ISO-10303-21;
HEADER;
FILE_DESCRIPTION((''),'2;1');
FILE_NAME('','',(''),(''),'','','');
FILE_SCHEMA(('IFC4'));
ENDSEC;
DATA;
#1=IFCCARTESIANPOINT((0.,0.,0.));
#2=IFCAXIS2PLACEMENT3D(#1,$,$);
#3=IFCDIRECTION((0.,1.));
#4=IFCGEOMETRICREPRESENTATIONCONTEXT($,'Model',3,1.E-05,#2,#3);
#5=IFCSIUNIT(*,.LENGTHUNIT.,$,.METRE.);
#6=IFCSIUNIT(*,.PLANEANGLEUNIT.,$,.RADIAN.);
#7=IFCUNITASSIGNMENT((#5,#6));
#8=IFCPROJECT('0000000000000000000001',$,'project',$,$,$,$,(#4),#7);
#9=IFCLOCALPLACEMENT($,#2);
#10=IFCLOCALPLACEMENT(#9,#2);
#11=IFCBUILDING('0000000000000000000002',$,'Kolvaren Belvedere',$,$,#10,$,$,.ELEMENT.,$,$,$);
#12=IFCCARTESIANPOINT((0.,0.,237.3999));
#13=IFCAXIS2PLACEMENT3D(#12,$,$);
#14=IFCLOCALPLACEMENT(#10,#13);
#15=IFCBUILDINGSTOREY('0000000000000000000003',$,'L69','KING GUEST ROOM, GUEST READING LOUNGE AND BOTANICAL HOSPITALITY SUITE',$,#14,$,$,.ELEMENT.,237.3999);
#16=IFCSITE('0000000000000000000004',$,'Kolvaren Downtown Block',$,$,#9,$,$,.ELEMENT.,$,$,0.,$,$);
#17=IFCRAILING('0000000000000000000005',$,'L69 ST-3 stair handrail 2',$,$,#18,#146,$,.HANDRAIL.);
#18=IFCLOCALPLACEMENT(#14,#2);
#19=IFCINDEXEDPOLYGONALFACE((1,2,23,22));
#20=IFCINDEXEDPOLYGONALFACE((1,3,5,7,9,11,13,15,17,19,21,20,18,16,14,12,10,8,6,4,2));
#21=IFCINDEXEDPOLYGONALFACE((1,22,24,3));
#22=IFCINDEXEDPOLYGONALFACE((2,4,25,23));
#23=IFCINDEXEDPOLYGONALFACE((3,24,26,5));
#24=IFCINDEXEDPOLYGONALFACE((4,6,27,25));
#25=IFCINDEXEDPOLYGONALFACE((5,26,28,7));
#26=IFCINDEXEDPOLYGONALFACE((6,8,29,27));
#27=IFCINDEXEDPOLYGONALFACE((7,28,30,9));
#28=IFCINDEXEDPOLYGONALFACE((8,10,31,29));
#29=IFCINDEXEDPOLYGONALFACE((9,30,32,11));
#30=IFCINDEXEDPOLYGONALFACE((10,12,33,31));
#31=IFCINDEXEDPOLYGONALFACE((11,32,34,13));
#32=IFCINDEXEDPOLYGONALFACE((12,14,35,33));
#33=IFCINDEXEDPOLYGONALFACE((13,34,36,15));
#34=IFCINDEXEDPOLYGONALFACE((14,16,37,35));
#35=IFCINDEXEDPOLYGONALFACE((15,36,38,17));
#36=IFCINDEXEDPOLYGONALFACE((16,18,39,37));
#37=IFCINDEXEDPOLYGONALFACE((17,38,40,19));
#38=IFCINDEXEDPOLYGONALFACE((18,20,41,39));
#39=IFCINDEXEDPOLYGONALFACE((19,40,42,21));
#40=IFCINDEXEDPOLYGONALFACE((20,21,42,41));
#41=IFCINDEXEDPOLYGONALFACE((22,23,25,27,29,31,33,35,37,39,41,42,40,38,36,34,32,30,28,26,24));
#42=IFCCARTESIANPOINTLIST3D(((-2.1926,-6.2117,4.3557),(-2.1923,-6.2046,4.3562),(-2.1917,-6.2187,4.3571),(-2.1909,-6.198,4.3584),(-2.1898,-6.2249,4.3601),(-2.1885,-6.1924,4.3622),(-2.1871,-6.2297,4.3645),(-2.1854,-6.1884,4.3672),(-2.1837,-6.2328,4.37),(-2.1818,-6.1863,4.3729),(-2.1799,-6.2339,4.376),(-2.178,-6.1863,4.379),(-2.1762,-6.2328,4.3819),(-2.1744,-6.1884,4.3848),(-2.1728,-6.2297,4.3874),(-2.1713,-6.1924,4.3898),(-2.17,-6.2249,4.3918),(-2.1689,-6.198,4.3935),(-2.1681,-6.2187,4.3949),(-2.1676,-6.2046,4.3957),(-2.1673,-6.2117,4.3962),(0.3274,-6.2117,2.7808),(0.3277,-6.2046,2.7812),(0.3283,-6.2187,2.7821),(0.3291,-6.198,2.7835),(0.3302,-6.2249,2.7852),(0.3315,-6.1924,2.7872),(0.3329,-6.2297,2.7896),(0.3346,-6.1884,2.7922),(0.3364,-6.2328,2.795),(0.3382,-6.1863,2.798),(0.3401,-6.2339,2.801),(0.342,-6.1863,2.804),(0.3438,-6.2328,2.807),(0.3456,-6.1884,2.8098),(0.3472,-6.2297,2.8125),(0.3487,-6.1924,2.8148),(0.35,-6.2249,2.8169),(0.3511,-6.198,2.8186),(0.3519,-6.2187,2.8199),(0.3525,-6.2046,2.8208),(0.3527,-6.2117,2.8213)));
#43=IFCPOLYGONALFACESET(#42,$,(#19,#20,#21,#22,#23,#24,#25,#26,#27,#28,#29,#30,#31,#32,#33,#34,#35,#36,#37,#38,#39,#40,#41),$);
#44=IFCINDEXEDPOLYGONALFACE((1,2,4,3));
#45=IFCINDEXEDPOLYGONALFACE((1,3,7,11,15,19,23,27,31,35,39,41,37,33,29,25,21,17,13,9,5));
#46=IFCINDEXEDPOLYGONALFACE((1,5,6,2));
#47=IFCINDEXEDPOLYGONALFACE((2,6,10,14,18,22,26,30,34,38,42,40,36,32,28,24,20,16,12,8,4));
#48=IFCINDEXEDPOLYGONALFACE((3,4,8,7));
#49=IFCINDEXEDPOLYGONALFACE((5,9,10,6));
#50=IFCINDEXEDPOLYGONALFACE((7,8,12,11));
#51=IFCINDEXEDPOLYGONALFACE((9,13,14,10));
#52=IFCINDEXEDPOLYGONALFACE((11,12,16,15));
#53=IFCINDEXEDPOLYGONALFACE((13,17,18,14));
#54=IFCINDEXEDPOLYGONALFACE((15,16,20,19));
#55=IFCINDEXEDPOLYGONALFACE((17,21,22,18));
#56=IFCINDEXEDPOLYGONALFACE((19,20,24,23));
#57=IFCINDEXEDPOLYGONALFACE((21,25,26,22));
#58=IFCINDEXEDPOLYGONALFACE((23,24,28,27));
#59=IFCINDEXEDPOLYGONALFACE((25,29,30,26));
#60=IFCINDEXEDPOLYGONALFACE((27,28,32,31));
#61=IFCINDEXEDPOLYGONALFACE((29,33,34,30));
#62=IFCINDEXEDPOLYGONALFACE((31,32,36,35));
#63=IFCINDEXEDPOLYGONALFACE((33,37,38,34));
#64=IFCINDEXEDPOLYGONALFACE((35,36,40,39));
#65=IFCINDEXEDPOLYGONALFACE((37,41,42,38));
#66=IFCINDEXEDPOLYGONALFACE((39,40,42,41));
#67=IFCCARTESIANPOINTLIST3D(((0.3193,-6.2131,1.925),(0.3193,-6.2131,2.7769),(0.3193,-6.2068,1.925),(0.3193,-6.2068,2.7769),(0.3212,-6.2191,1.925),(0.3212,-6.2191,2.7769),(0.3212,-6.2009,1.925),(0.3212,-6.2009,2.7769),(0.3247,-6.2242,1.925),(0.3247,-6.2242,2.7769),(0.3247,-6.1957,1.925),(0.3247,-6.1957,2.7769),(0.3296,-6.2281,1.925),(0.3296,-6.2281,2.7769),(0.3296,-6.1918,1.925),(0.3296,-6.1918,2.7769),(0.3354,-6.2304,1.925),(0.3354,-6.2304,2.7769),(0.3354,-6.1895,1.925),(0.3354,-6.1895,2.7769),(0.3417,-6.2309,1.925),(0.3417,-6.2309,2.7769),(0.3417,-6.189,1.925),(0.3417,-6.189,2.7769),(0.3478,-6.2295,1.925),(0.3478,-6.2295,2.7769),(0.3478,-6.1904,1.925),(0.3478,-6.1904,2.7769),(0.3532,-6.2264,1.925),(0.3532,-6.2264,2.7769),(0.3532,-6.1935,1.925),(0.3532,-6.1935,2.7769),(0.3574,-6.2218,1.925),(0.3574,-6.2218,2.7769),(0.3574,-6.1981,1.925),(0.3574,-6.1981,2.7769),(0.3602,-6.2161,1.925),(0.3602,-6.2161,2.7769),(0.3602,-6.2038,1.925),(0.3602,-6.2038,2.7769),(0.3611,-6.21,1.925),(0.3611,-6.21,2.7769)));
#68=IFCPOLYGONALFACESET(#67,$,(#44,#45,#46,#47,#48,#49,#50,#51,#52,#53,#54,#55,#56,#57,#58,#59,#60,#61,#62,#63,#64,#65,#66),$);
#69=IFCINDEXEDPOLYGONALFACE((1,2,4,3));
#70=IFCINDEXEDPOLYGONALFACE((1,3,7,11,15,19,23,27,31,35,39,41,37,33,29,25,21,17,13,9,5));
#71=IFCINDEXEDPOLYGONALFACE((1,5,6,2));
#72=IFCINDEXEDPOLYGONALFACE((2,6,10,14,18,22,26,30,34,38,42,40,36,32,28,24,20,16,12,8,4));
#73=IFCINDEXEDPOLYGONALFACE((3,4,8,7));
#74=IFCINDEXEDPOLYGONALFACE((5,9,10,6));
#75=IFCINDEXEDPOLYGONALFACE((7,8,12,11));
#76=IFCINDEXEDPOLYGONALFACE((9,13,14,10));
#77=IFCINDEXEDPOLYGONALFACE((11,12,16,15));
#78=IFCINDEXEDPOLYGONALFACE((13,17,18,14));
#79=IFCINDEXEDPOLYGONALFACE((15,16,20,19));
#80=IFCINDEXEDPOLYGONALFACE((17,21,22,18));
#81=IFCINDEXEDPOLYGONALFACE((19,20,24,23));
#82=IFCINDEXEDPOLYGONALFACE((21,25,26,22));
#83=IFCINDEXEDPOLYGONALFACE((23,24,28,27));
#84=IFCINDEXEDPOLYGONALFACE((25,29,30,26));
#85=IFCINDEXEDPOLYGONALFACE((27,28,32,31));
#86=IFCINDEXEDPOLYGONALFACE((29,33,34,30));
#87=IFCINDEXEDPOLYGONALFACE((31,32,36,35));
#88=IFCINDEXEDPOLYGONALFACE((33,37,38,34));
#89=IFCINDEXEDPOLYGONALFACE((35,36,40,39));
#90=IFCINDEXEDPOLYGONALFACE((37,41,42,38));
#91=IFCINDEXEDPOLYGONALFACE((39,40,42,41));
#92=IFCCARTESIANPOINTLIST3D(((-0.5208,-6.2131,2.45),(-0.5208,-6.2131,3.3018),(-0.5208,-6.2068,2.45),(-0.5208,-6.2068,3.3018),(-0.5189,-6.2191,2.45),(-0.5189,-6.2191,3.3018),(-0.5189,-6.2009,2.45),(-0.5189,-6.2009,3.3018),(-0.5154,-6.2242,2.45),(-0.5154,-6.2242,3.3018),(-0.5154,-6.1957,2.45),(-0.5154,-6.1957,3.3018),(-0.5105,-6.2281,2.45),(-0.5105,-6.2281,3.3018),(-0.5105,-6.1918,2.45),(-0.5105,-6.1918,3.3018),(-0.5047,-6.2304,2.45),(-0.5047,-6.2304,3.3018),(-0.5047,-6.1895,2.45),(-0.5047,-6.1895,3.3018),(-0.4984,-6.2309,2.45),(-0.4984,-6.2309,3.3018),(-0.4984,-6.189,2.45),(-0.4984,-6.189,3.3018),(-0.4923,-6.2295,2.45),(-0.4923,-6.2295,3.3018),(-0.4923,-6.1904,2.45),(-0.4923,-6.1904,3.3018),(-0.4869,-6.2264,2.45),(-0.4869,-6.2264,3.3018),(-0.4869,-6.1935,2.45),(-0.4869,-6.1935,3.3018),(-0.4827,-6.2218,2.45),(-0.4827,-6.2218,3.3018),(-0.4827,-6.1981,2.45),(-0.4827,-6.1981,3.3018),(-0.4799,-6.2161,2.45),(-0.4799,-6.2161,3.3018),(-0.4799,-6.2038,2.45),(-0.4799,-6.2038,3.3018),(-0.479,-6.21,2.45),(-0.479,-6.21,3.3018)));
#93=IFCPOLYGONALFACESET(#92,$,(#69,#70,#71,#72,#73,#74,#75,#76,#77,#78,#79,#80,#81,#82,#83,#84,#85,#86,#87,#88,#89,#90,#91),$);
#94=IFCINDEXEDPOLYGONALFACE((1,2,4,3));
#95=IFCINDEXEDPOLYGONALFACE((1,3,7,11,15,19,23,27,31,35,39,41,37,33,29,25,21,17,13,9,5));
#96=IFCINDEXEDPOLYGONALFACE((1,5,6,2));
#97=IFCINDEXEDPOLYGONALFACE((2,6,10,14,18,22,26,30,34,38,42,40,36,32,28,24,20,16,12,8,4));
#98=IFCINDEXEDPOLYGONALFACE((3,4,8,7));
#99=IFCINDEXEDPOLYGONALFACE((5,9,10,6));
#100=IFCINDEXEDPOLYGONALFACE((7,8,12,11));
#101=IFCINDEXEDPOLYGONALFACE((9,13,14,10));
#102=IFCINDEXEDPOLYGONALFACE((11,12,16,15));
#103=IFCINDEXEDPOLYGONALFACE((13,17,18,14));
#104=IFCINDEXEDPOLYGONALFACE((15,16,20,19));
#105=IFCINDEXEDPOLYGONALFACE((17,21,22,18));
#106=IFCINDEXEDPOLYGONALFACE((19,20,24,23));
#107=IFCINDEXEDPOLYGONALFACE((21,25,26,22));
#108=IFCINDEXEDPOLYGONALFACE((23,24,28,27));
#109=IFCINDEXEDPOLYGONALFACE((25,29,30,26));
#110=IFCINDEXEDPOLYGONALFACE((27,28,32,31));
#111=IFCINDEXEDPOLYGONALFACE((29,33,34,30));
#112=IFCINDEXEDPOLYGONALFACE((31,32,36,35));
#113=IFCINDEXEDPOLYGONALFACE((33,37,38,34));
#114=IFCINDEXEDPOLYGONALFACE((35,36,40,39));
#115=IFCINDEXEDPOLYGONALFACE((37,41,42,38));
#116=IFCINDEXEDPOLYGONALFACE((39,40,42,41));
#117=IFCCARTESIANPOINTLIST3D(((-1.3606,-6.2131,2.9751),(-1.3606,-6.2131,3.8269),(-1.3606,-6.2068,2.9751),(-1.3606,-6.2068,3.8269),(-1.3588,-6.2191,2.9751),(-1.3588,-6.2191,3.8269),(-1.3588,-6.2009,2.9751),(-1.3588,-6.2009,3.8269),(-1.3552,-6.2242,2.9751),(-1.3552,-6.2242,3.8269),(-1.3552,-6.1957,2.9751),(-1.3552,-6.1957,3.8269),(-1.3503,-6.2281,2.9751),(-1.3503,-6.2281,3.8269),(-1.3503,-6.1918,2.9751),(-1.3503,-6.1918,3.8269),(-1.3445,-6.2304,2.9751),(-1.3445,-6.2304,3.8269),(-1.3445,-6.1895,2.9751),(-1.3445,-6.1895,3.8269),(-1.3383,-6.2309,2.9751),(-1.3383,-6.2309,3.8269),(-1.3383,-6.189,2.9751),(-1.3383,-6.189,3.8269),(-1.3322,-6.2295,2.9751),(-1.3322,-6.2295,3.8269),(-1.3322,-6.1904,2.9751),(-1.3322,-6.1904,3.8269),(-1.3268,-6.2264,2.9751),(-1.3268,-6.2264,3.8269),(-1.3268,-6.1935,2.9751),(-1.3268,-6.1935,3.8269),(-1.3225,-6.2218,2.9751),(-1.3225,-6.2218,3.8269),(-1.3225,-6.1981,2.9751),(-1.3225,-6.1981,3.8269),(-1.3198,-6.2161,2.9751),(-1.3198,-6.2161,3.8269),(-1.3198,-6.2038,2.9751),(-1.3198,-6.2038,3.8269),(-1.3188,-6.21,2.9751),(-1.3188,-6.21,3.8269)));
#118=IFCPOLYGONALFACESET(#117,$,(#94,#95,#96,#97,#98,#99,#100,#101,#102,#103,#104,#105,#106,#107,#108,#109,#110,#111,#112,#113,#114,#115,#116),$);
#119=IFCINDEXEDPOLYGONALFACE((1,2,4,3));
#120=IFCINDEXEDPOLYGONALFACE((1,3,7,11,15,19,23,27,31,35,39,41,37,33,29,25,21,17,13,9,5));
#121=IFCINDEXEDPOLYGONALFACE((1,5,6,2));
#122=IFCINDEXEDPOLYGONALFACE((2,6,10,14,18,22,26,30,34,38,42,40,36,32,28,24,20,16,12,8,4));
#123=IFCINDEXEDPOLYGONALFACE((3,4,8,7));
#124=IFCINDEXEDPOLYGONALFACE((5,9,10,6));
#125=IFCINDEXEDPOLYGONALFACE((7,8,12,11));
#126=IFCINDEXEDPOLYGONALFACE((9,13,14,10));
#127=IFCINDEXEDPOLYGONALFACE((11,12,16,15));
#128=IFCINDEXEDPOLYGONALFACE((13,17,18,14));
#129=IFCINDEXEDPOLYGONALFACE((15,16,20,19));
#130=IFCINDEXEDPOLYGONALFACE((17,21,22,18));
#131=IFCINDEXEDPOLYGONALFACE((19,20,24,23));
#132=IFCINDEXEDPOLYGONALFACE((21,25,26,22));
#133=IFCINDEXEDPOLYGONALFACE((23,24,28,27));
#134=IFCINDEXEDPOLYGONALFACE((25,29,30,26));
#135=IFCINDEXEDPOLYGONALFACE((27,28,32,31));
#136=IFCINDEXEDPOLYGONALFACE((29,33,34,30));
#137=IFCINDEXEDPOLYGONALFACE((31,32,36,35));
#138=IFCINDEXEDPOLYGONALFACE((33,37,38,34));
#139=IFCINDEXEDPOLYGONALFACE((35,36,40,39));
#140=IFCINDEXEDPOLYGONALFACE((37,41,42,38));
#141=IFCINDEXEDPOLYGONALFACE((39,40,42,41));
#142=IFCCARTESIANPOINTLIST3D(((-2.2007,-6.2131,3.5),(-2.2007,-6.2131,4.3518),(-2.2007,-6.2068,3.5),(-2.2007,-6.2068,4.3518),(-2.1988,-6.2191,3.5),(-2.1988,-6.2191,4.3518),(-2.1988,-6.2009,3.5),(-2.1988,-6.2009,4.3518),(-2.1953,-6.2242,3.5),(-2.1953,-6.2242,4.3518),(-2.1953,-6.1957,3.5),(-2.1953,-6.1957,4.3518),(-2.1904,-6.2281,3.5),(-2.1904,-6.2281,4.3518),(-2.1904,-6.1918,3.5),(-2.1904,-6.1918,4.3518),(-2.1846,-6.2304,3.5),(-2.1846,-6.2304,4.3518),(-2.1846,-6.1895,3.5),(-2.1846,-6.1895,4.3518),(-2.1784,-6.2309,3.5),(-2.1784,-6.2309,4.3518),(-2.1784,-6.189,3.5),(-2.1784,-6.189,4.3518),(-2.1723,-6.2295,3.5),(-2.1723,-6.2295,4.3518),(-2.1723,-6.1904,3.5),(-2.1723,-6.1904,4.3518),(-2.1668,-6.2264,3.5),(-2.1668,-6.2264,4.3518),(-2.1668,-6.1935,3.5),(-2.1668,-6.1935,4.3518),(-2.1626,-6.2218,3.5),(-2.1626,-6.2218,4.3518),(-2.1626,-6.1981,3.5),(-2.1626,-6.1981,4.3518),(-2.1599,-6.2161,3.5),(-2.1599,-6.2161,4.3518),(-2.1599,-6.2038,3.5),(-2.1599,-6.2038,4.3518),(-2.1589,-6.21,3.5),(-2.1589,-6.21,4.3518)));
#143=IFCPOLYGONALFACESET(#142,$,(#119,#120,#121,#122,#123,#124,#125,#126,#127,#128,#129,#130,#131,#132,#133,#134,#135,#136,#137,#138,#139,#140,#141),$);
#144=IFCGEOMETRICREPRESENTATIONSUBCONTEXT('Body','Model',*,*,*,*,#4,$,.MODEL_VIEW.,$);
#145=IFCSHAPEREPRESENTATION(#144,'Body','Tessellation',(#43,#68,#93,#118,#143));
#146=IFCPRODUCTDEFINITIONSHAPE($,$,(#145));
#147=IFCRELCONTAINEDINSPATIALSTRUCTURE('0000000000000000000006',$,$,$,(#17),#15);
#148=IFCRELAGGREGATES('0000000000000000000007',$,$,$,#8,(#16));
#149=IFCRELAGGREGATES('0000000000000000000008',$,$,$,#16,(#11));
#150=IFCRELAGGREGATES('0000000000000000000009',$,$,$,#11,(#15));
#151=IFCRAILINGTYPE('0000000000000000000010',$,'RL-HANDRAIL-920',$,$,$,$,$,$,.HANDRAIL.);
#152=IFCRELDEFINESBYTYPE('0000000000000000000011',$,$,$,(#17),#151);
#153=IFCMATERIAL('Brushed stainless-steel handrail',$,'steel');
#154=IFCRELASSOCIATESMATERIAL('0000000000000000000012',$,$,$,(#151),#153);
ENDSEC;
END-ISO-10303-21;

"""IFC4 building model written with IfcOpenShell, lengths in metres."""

from ifc_helpers import new_model, si_unit, direction, frame, origin, origin_2d, place, context, subcontext, project, spatial, circle, extrude, material, type_object, element, save


model = new_model("IFC4")

# Units and contexts
model_context = context("Model", 3, precision=1e-05, world=origin(), true_north=direction((0.0, 1.0)))
body_context = subcontext(model_context, "Body", "Model", "MODEL_VIEW")
ifc_project = project(units=[si_unit("LENGTHUNIT", "METRE"), si_unit("PLANEANGLEUNIT", "RADIAN")], contexts=[model_context])

# Site, building, storey
site_placement = place(None, origin())
site = spatial("IfcSite", under=ifc_project, at=site_placement, Name="Kolvaren Downtown Block", CompositionType="ELEMENT", RefElevation=0.0)
building_placement = place(site_placement, origin())
building = spatial("IfcBuilding", under=site, at=building_placement, Name="Kolvaren Belvedere", CompositionType="ELEMENT")
storey_placement = place(building_placement, frame((0.0, 0.0, 237.3999)))
storey = spatial("IfcBuildingStorey", under=building, at=storey_placement, Name="L69", Description="KING GUEST ROOM, GUEST READING LOUNGE AND BOTANICAL HOSPITALITY SUITE", CompositionType="ELEMENT", Elevation=237.3999)

# Railing
ifc_material_1 = material(Name="Brushed stainless-steel handrail", Category="steel")
railing_type_1 = type_object("IfcRailingType", Name="RL-HANDRAIL-920", PredefinedType="HANDRAIL", material=ifc_material_1)
railing_1_placement = place(storey_placement, frame((0.3401, -6.21, 1.925)))
element("IfcRailing", 1, at=railing_1_placement, inside=storey, type_object=railing_type_1, Name="L69 ST-3 stair handrail 2", PredefinedType="HANDRAIL", context=body_context, shape_type="SweptSolid", body=[
    extrude(circle(Radius=0.0239, at=origin_2d()), frame((0.0, 0.0, 0.876), z_axis=(-0.848008, 0.0, 0.529984), x_axis=(0.0, -1.0, 0.0)), (0.0, 0.0, 1.0), 2.9717),
    extrude(circle(Radius=0.021, at=origin_2d()), origin(), (0.0, 0.0, 1.0), 0.8518),
    extrude(circle(Radius=0.021, at=origin_2d()), frame((-0.8401, 0.0, 0.5249)), (0.0, 0.0, 1.0), 0.8518),
    extrude(circle(Radius=0.021, at=origin_2d()), frame((-1.6799, 0.0, 1.05)), (0.0, 0.0, 1.0), 0.8518),
    extrude(circle(Radius=0.021, at=origin_2d()), frame((-2.52, 0.0, 1.575)), (0.0, 0.0, 1.0), 0.8518),
])

save(model, "model.ifc")
